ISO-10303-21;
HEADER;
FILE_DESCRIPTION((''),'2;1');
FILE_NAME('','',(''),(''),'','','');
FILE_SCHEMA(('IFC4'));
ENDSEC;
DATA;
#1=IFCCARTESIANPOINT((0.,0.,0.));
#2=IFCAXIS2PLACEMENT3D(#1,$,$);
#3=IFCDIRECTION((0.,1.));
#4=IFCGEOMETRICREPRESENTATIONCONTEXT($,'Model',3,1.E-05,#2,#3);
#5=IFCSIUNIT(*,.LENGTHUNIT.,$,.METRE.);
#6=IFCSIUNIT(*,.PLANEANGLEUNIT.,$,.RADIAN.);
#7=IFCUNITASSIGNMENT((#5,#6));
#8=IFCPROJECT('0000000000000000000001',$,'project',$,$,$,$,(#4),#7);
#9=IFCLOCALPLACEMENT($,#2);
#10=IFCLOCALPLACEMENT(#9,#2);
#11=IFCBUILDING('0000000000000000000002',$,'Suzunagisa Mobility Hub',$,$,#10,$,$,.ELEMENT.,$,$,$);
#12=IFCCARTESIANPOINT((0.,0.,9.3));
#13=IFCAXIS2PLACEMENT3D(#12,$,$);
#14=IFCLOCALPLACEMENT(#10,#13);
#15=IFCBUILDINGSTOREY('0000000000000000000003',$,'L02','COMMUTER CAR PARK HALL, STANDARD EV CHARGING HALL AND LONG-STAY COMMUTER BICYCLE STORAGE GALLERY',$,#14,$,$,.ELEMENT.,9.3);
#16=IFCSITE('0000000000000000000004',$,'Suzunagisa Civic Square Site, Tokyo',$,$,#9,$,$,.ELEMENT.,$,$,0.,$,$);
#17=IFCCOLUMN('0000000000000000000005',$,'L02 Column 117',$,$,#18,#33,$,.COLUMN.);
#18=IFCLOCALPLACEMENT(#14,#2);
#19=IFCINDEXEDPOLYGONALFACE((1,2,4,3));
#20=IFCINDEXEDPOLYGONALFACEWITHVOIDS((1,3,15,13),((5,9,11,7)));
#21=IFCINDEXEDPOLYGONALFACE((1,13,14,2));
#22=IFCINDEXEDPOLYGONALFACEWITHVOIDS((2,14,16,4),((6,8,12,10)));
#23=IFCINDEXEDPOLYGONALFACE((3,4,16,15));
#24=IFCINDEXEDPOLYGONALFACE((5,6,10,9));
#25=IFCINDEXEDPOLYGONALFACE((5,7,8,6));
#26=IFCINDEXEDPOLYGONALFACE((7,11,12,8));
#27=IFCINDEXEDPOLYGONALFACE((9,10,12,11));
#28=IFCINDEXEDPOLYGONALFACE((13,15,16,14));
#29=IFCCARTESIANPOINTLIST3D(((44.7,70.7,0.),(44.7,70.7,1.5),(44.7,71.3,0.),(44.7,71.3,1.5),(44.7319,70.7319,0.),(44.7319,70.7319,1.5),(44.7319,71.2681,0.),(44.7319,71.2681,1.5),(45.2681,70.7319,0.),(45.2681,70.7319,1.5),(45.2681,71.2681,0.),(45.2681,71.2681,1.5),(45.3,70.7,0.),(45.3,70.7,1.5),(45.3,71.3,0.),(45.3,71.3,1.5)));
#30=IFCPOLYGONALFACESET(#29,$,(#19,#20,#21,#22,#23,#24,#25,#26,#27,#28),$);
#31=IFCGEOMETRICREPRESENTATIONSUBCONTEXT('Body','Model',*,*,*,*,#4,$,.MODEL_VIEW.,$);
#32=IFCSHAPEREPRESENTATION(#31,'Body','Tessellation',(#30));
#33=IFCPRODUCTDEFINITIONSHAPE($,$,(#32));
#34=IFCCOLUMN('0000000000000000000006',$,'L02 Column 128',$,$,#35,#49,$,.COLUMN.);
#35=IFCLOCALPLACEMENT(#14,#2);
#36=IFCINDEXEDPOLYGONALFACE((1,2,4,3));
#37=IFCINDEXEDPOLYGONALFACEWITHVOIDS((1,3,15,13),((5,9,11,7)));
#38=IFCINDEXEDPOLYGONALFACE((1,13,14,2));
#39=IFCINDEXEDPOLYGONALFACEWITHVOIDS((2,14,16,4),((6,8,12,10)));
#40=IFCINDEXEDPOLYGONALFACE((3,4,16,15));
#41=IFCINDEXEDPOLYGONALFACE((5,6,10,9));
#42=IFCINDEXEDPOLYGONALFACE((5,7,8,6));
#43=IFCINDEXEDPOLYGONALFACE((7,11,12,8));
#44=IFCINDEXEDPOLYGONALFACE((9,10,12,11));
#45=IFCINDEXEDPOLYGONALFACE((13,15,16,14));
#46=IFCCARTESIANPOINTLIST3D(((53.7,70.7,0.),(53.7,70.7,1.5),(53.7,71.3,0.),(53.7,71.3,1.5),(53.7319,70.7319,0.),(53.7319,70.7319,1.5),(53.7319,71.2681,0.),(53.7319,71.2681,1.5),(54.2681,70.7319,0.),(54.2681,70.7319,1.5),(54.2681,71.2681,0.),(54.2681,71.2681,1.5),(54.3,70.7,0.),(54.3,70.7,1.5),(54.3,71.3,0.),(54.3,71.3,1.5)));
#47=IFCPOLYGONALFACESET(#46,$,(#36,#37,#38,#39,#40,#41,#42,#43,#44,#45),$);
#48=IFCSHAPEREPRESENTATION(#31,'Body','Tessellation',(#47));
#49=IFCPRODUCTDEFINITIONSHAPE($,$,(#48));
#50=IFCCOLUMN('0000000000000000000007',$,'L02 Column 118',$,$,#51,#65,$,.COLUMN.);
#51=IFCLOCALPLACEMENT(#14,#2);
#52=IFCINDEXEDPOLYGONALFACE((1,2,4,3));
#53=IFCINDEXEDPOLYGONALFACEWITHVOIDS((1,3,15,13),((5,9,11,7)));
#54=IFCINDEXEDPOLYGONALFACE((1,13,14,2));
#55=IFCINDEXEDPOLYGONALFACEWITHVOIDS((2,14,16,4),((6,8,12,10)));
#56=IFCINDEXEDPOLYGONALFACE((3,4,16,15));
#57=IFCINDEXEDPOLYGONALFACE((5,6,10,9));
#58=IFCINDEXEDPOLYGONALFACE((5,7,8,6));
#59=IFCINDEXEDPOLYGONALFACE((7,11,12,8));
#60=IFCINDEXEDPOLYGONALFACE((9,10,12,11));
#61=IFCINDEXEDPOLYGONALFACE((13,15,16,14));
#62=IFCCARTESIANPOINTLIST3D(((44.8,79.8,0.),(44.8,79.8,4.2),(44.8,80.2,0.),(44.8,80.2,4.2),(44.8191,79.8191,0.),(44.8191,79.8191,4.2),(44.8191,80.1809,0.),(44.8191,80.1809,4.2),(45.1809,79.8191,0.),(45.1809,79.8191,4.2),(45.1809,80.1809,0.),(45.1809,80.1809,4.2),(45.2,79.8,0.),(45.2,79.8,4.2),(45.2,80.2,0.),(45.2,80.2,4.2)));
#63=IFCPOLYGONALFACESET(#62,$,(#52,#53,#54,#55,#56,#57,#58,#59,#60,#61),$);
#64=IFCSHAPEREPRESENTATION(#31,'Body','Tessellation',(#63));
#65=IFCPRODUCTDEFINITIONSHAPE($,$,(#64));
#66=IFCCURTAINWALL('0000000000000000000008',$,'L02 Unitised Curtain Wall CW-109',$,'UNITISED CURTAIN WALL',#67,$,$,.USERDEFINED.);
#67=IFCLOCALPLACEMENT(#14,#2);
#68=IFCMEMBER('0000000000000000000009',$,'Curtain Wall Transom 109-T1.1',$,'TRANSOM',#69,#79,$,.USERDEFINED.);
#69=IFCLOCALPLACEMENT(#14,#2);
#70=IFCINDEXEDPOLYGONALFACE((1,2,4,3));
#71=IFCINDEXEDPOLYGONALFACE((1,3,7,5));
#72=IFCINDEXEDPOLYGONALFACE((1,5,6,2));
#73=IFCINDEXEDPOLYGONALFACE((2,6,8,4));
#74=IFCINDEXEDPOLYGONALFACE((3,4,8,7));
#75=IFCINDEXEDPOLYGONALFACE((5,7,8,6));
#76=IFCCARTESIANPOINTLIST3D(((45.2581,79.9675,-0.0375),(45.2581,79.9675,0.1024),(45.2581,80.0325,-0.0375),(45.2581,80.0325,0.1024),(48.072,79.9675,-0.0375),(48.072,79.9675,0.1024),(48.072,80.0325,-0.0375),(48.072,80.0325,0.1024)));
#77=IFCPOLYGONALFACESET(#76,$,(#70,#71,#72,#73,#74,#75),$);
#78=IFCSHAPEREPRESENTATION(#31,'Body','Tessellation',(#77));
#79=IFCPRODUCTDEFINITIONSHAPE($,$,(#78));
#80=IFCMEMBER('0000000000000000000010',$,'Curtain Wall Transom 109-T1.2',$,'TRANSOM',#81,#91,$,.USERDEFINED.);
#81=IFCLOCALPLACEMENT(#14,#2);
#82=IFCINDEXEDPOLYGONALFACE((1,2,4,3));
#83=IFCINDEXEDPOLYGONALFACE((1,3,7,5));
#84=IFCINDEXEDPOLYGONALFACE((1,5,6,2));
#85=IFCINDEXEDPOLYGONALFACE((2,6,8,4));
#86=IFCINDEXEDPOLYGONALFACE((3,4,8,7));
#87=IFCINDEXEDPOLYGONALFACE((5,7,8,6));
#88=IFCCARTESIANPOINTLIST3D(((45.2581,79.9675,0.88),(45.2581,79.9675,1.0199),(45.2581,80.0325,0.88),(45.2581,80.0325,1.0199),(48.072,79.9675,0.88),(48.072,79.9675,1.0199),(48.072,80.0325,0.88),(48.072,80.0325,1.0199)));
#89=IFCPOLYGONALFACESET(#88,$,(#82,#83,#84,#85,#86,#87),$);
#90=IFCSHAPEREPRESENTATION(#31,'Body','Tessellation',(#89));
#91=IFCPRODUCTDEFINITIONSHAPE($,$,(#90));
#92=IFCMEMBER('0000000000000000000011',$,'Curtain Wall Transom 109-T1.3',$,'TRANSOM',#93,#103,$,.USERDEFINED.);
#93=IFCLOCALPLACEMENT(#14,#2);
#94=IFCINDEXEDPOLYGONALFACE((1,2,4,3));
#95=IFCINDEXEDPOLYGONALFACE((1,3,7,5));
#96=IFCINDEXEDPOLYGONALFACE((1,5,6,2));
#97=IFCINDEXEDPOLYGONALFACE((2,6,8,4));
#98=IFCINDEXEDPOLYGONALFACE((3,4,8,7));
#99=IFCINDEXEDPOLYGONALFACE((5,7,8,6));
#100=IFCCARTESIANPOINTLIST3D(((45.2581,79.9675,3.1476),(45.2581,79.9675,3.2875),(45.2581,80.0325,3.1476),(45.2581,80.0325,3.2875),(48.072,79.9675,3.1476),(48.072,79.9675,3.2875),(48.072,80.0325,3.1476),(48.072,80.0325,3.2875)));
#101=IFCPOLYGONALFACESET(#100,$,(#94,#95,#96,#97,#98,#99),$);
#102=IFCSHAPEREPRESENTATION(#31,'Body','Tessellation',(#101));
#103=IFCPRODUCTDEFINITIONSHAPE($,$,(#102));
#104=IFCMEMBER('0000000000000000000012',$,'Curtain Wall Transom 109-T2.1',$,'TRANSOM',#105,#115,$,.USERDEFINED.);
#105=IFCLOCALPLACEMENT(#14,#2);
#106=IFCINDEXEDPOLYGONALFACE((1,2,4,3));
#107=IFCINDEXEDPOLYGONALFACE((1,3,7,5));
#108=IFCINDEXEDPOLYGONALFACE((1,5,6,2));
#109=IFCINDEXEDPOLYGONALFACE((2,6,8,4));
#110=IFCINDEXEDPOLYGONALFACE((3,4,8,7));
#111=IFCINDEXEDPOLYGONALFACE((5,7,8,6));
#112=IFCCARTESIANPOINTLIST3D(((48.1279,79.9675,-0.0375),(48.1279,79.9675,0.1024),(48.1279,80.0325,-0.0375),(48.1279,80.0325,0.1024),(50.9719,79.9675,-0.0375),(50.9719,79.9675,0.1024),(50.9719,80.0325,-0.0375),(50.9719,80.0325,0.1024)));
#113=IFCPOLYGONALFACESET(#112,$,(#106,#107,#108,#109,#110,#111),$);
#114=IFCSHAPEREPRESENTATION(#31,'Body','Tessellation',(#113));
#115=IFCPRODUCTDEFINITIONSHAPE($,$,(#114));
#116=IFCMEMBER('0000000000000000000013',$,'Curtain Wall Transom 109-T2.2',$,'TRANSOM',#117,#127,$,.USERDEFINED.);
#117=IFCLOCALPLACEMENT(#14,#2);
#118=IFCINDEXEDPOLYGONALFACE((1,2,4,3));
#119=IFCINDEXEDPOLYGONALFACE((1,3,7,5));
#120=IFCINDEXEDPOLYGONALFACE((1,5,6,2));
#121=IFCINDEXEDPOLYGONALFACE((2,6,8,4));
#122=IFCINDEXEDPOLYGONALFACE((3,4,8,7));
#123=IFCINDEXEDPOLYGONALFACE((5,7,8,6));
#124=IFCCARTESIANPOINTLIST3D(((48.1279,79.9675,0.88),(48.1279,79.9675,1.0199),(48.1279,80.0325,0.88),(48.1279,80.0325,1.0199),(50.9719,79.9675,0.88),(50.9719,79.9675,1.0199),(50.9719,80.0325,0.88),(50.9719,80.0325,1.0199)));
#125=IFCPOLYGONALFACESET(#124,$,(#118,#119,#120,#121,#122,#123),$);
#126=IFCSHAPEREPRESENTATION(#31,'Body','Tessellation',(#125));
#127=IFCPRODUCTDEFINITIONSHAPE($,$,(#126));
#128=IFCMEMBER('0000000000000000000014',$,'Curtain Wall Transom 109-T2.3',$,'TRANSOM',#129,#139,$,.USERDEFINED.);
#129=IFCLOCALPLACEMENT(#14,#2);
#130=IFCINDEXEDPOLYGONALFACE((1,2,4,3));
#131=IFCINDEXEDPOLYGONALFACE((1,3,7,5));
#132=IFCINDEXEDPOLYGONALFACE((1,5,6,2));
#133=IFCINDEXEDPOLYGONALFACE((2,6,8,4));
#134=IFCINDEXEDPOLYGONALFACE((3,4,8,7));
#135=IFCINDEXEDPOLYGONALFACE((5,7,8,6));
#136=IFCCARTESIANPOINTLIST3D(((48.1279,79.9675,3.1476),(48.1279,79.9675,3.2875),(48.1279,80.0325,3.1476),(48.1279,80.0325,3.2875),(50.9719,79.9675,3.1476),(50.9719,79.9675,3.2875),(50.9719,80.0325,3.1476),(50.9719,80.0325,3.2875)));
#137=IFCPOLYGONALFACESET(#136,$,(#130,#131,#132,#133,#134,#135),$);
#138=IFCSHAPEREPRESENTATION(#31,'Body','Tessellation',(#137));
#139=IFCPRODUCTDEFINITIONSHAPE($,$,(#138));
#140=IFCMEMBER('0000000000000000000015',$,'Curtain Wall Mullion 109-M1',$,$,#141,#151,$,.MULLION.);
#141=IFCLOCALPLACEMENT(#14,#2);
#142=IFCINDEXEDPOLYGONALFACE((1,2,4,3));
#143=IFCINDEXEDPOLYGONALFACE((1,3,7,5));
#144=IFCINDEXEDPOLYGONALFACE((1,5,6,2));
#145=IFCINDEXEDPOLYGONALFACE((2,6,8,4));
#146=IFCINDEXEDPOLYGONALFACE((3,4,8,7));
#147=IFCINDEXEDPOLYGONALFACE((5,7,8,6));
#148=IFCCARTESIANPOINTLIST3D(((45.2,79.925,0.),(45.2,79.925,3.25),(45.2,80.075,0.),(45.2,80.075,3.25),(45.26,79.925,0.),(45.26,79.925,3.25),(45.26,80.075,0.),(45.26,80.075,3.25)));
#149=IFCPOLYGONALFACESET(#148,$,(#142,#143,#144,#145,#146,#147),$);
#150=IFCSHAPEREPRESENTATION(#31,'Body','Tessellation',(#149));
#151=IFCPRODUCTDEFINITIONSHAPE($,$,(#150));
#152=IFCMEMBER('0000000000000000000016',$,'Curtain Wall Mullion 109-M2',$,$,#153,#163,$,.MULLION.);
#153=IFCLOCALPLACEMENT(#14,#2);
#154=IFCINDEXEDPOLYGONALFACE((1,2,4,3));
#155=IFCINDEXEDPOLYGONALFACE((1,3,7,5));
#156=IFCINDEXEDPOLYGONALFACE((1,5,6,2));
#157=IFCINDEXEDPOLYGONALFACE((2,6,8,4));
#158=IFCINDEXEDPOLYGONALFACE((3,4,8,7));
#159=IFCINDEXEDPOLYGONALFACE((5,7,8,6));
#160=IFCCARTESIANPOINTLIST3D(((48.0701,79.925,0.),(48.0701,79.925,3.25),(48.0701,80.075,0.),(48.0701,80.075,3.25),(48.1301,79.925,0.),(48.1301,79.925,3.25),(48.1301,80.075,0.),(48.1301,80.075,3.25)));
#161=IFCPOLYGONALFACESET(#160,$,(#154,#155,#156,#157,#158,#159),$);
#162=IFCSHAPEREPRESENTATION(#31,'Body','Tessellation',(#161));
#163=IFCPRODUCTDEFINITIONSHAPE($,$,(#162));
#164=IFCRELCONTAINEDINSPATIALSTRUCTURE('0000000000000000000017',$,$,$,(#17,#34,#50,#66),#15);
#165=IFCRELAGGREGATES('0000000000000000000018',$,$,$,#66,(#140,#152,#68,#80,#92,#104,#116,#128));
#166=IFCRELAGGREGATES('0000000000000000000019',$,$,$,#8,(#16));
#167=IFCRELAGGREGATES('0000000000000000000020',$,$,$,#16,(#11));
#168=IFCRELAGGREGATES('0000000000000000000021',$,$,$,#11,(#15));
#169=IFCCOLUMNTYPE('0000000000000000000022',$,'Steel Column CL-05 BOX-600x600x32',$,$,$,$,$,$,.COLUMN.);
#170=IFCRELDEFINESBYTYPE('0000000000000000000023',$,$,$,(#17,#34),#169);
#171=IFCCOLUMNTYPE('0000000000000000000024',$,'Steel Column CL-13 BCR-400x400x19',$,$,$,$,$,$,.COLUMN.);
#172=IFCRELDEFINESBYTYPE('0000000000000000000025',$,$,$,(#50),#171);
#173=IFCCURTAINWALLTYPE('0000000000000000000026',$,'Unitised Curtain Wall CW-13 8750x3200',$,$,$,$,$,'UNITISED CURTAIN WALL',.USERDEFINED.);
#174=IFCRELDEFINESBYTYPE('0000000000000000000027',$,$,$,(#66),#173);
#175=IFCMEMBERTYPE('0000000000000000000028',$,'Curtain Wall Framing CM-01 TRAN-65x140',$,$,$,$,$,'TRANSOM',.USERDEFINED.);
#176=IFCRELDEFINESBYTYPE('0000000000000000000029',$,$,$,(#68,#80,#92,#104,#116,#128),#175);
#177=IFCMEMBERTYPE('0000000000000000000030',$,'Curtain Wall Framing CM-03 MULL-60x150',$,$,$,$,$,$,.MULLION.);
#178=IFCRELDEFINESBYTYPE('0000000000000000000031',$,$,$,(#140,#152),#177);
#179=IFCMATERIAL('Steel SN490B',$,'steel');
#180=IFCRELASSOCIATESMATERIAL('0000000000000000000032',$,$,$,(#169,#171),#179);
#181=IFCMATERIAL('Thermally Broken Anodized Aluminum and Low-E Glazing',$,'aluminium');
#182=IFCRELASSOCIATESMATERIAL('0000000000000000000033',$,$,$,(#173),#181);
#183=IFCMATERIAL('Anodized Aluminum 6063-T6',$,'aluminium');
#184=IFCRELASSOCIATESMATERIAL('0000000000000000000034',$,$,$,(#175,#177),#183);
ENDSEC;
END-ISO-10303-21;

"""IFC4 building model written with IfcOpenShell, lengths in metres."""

from ifc_helpers import new_model, si_unit, direction, frame, origin, origin_2d, place, context, subcontext, project, spatial, rectangle, hollow_rectangle, extrude, material, material_profile, profile_set, type_object, element, aggregate, save


model = new_model("IFC4")

# Units and contexts
model_context = context("Model", 3, precision=1e-05, world=origin(), true_north=direction((0.0, 1.0)))
body_context = subcontext(model_context, "Body", "Model", "MODEL_VIEW")
ifc_project = project(units=[si_unit("LENGTHUNIT", "METRE"), si_unit("PLANEANGLEUNIT", "RADIAN")], contexts=[model_context])

# Site, building, storey
site_placement = place(None, origin())
site = spatial("IfcSite", under=ifc_project, at=site_placement, Name="Suzunagisa Civic Square Site, Tokyo", CompositionType="ELEMENT", RefElevation=0.0)
building_placement = place(site_placement, origin())
building = spatial("IfcBuilding", under=site, at=building_placement, Name="Suzunagisa Mobility Hub", CompositionType="ELEMENT")
storey_placement = place(building_placement, frame((0.0, 0.0, 9.3)))
storey = spatial("IfcBuildingStorey", under=building, at=storey_placement, Name="L02", Description="COMMUTER CAR PARK HALL, STANDARD EV CHARGING HALL AND LONG-STAY COMMUTER BICYCLE STORAGE GALLERY", CompositionType="ELEMENT", Elevation=9.3)

# Columns
ifc_material_1 = material(Name="Steel SN490B", Category="steel")
ifc_material_profile_1 = material_profile(ifc_material_1, hollow_rectangle(XDim=0.6001, YDim=0.6001, WallThickness=0.032, at=origin_2d()), Name="BOX-600x600x32")
ifc_profile_set_1 = profile_set([ifc_material_profile_1], Name="Steel SN490B")
column_type_1 = type_object("IfcColumnType", Name="Steel Column CL-05 BOX-600x600x32", PredefinedType="COLUMN", material=ifc_profile_set_1)
for number, where, z_axis, x_axis, name in (
    (1, (45.0, 71.0, 0.0), (0.0, 0.0, 1.0), (1.0, 0.0, 0.0), "L02 Column 117"),
    (2, (54.0, 71.0, 0.0), (0.0, 0.0, 1.0), (1.0, 0.0, 0.0), "L02 Column 128"),
):
    element("IfcColumn", number, at=place(storey_placement, frame(where, z_axis=z_axis, x_axis=x_axis)), inside=storey, type_object=column_type_1, Name=name, PredefinedType="COLUMN", context=body_context, shape_type="SweptSolid", body=[
        extrude(hollow_rectangle(XDim=0.6001, YDim=0.6001, WallThickness=0.032, at=origin_2d()), origin(), (0.0, 0.0, 1.0), 1.5),
    ])
ifc_material_profile_2 = material_profile(ifc_material_1, hollow_rectangle(XDim=0.3999, YDim=0.3999, WallThickness=0.019, at=origin_2d()), Name="BCR-400x400x19")
ifc_profile_set_2 = profile_set([ifc_material_profile_2], Name="Steel SN490B")
column_type_2 = type_object("IfcColumnType", Name="Steel Column CL-13 BCR-400x400x19", PredefinedType="COLUMN", material=ifc_profile_set_2)
column_placement = place(storey_placement, frame((45.0, 80.0, 0.0), z_axis=(0.0, 0.0, 1.0), x_axis=(1.0, 0.0, 0.0)))
element("IfcColumn", 3, at=column_placement, inside=storey, type_object=column_type_2, Name="L02 Column 118", PredefinedType="COLUMN", context=body_context, shape_type="SweptSolid", body=[
    extrude(hollow_rectangle(XDim=0.3999, YDim=0.3999, WallThickness=0.019, at=origin_2d()), origin(), (0.0, 0.0, 1.0), 4.2),
])

# Curtain wall, members
ifc_material_2 = material(Name="Thermally Broken Anodized Aluminum and Low-E Glazing", Category="aluminium")
curtain_wall_type = type_object("IfcCurtainWallType", Name="Unitised Curtain Wall CW-13 8750x3200", ElementType="UNITISED CURTAIN WALL", PredefinedType="USERDEFINED", material=ifc_material_2)
curtain_wall_placement = place(storey_placement, origin())
curtain_wall = element("IfcCurtainWall", 4, at=curtain_wall_placement, inside=storey, type_object=curtain_wall_type, Name="L02 Unitised Curtain Wall CW-109", ObjectType="UNITISED CURTAIN WALL", PredefinedType="USERDEFINED")
ifc_material_3 = material(Name="Anodized Aluminum 6063-T6", Category="aluminium")
ifc_material_profile_3 = material_profile(ifc_material_3, rectangle(XDim=0.0649, YDim=0.1399, at=origin_2d()), Name="TRAN-65x140")
ifc_profile_set_3 = profile_set([ifc_material_profile_3], Name="Anodized Aluminum 6063-T6")
member_type_1 = type_object("IfcMemberType", Name="Curtain Wall Framing CM-01 TRAN-65x140", ElementType="TRANSOM", PredefinedType="USERDEFINED", material=ifc_profile_set_3)
member_1_placement = place(storey_placement, frame((45.2581, 80.0, 0.0325), z_axis=(1.0, 0.0, 0.0), x_axis=(0.0, 1.0, 0.0)))
member_1 = element("IfcMember", 5, at=member_1_placement, type_object=member_type_1, Name="Curtain Wall Transom 109-T1.1", ObjectType="TRANSOM", PredefinedType="USERDEFINED", context=body_context, shape_type="SweptSolid", body=[
    extrude(rectangle(XDim=0.0649, YDim=0.1399, at=origin_2d()), origin(), (0.0, 0.0, 1.0), 2.814),
])
member_2_placement = place(storey_placement, frame((45.2581, 80.0, 0.95), z_axis=(1.0, 0.0, 0.0), x_axis=(0.0, 1.0, 0.0)))
member_2 = element("IfcMember", 6, at=member_2_placement, type_object=member_type_1, Name="Curtain Wall Transom 109-T1.2", ObjectType="TRANSOM", PredefinedType="USERDEFINED", context=body_context, shape_type="SweptSolid", body=[
    extrude(rectangle(XDim=0.0649, YDim=0.1399, at=origin_2d()), origin(), (0.0, 0.0, 1.0), 2.814),
])
member_3_placement = place(storey_placement, frame((45.2581, 80.0, 3.2175), z_axis=(1.0, 0.0, 0.0), x_axis=(0.0, 1.0, 0.0)))
member_3 = element("IfcMember", 7, at=member_3_placement, type_object=member_type_1, Name="Curtain Wall Transom 109-T1.3", ObjectType="TRANSOM", PredefinedType="USERDEFINED", context=body_context, shape_type="SweptSolid", body=[
    extrude(rectangle(XDim=0.0649, YDim=0.1399, at=origin_2d()), origin(), (0.0, 0.0, 1.0), 2.814),
])
member_4_placement = place(storey_placement, frame((48.1279, 80.0, 0.0325), z_axis=(1.0, 0.0, 0.0), x_axis=(0.0, 1.0, 0.0)))
member_4 = element("IfcMember", 8, at=member_4_placement, type_object=member_type_1, Name="Curtain Wall Transom 109-T2.1", ObjectType="TRANSOM", PredefinedType="USERDEFINED", context=body_context, shape_type="SweptSolid", body=[
    extrude(rectangle(XDim=0.0649, YDim=0.1399, at=origin_2d()), origin(), (0.0, 0.0, 1.0), 2.844),
])
member_5_placement = place(storey_placement, frame((48.1279, 80.0, 0.95), z_axis=(1.0, 0.0, 0.0), x_axis=(0.0, 1.0, 0.0)))
member_5 = element("IfcMember", 9, at=member_5_placement, type_object=member_type_1, Name="Curtain Wall Transom 109-T2.2", ObjectType="TRANSOM", PredefinedType="USERDEFINED", context=body_context, shape_type="SweptSolid", body=[
    extrude(rectangle(XDim=0.0649, YDim=0.1399, at=origin_2d()), origin(), (0.0, 0.0, 1.0), 2.844),
])
member_6_placement = place(storey_placement, frame((48.1279, 80.0, 3.2175), z_axis=(1.0, 0.0, 0.0), x_axis=(0.0, 1.0, 0.0)))
member_6 = element("IfcMember", 10, at=member_6_placement, type_object=member_type_1, Name="Curtain Wall Transom 109-T2.3", ObjectType="TRANSOM", PredefinedType="USERDEFINED", context=body_context, shape_type="SweptSolid", body=[
    extrude(rectangle(XDim=0.0649, YDim=0.1399, at=origin_2d()), origin(), (0.0, 0.0, 1.0), 2.844),
])
ifc_material_profile_4 = material_profile(ifc_material_3, rectangle(XDim=0.0601, YDim=0.1499, at=origin_2d()), Name="MULL-60x150")
ifc_profile_set_4 = profile_set([ifc_material_profile_4], Name="Anodized Aluminum 6063-T6")
member_type_2 = type_object("IfcMemberType", Name="Curtain Wall Framing CM-03 MULL-60x150", PredefinedType="MULLION", material=ifc_profile_set_4)
member_7_placement = place(storey_placement, frame((45.23, 80.0, 0.0), z_axis=(0.0, 0.0, 1.0), x_axis=(1.0, 0.0, 0.0)))
member_7 = element("IfcMember", 11, at=member_7_placement, type_object=member_type_2, Name="Curtain Wall Mullion 109-M1", PredefinedType="MULLION", context=body_context, shape_type="SweptSolid", body=[
    extrude(rectangle(XDim=0.0601, YDim=0.1499, at=origin_2d()), origin(), (0.0, 0.0, 1.0), 3.25),
])
member_8_placement = place(storey_placement, frame((48.1001, 80.0, 0.0), z_axis=(0.0, 0.0, 1.0), x_axis=(1.0, 0.0, 0.0)))
member_8 = element("IfcMember", 12, at=member_8_placement, type_object=member_type_2, Name="Curtain Wall Mullion 109-M2", PredefinedType="MULLION", context=body_context, shape_type="SweptSolid", body=[
    extrude(rectangle(XDim=0.0601, YDim=0.1499, at=origin_2d()), origin(), (0.0, 0.0, 1.0), 3.25),
])

aggregate(curtain_wall, [member_7, member_8, member_1, member_2, member_3, member_4, member_5, member_6])

save(model, "model.ifc")
